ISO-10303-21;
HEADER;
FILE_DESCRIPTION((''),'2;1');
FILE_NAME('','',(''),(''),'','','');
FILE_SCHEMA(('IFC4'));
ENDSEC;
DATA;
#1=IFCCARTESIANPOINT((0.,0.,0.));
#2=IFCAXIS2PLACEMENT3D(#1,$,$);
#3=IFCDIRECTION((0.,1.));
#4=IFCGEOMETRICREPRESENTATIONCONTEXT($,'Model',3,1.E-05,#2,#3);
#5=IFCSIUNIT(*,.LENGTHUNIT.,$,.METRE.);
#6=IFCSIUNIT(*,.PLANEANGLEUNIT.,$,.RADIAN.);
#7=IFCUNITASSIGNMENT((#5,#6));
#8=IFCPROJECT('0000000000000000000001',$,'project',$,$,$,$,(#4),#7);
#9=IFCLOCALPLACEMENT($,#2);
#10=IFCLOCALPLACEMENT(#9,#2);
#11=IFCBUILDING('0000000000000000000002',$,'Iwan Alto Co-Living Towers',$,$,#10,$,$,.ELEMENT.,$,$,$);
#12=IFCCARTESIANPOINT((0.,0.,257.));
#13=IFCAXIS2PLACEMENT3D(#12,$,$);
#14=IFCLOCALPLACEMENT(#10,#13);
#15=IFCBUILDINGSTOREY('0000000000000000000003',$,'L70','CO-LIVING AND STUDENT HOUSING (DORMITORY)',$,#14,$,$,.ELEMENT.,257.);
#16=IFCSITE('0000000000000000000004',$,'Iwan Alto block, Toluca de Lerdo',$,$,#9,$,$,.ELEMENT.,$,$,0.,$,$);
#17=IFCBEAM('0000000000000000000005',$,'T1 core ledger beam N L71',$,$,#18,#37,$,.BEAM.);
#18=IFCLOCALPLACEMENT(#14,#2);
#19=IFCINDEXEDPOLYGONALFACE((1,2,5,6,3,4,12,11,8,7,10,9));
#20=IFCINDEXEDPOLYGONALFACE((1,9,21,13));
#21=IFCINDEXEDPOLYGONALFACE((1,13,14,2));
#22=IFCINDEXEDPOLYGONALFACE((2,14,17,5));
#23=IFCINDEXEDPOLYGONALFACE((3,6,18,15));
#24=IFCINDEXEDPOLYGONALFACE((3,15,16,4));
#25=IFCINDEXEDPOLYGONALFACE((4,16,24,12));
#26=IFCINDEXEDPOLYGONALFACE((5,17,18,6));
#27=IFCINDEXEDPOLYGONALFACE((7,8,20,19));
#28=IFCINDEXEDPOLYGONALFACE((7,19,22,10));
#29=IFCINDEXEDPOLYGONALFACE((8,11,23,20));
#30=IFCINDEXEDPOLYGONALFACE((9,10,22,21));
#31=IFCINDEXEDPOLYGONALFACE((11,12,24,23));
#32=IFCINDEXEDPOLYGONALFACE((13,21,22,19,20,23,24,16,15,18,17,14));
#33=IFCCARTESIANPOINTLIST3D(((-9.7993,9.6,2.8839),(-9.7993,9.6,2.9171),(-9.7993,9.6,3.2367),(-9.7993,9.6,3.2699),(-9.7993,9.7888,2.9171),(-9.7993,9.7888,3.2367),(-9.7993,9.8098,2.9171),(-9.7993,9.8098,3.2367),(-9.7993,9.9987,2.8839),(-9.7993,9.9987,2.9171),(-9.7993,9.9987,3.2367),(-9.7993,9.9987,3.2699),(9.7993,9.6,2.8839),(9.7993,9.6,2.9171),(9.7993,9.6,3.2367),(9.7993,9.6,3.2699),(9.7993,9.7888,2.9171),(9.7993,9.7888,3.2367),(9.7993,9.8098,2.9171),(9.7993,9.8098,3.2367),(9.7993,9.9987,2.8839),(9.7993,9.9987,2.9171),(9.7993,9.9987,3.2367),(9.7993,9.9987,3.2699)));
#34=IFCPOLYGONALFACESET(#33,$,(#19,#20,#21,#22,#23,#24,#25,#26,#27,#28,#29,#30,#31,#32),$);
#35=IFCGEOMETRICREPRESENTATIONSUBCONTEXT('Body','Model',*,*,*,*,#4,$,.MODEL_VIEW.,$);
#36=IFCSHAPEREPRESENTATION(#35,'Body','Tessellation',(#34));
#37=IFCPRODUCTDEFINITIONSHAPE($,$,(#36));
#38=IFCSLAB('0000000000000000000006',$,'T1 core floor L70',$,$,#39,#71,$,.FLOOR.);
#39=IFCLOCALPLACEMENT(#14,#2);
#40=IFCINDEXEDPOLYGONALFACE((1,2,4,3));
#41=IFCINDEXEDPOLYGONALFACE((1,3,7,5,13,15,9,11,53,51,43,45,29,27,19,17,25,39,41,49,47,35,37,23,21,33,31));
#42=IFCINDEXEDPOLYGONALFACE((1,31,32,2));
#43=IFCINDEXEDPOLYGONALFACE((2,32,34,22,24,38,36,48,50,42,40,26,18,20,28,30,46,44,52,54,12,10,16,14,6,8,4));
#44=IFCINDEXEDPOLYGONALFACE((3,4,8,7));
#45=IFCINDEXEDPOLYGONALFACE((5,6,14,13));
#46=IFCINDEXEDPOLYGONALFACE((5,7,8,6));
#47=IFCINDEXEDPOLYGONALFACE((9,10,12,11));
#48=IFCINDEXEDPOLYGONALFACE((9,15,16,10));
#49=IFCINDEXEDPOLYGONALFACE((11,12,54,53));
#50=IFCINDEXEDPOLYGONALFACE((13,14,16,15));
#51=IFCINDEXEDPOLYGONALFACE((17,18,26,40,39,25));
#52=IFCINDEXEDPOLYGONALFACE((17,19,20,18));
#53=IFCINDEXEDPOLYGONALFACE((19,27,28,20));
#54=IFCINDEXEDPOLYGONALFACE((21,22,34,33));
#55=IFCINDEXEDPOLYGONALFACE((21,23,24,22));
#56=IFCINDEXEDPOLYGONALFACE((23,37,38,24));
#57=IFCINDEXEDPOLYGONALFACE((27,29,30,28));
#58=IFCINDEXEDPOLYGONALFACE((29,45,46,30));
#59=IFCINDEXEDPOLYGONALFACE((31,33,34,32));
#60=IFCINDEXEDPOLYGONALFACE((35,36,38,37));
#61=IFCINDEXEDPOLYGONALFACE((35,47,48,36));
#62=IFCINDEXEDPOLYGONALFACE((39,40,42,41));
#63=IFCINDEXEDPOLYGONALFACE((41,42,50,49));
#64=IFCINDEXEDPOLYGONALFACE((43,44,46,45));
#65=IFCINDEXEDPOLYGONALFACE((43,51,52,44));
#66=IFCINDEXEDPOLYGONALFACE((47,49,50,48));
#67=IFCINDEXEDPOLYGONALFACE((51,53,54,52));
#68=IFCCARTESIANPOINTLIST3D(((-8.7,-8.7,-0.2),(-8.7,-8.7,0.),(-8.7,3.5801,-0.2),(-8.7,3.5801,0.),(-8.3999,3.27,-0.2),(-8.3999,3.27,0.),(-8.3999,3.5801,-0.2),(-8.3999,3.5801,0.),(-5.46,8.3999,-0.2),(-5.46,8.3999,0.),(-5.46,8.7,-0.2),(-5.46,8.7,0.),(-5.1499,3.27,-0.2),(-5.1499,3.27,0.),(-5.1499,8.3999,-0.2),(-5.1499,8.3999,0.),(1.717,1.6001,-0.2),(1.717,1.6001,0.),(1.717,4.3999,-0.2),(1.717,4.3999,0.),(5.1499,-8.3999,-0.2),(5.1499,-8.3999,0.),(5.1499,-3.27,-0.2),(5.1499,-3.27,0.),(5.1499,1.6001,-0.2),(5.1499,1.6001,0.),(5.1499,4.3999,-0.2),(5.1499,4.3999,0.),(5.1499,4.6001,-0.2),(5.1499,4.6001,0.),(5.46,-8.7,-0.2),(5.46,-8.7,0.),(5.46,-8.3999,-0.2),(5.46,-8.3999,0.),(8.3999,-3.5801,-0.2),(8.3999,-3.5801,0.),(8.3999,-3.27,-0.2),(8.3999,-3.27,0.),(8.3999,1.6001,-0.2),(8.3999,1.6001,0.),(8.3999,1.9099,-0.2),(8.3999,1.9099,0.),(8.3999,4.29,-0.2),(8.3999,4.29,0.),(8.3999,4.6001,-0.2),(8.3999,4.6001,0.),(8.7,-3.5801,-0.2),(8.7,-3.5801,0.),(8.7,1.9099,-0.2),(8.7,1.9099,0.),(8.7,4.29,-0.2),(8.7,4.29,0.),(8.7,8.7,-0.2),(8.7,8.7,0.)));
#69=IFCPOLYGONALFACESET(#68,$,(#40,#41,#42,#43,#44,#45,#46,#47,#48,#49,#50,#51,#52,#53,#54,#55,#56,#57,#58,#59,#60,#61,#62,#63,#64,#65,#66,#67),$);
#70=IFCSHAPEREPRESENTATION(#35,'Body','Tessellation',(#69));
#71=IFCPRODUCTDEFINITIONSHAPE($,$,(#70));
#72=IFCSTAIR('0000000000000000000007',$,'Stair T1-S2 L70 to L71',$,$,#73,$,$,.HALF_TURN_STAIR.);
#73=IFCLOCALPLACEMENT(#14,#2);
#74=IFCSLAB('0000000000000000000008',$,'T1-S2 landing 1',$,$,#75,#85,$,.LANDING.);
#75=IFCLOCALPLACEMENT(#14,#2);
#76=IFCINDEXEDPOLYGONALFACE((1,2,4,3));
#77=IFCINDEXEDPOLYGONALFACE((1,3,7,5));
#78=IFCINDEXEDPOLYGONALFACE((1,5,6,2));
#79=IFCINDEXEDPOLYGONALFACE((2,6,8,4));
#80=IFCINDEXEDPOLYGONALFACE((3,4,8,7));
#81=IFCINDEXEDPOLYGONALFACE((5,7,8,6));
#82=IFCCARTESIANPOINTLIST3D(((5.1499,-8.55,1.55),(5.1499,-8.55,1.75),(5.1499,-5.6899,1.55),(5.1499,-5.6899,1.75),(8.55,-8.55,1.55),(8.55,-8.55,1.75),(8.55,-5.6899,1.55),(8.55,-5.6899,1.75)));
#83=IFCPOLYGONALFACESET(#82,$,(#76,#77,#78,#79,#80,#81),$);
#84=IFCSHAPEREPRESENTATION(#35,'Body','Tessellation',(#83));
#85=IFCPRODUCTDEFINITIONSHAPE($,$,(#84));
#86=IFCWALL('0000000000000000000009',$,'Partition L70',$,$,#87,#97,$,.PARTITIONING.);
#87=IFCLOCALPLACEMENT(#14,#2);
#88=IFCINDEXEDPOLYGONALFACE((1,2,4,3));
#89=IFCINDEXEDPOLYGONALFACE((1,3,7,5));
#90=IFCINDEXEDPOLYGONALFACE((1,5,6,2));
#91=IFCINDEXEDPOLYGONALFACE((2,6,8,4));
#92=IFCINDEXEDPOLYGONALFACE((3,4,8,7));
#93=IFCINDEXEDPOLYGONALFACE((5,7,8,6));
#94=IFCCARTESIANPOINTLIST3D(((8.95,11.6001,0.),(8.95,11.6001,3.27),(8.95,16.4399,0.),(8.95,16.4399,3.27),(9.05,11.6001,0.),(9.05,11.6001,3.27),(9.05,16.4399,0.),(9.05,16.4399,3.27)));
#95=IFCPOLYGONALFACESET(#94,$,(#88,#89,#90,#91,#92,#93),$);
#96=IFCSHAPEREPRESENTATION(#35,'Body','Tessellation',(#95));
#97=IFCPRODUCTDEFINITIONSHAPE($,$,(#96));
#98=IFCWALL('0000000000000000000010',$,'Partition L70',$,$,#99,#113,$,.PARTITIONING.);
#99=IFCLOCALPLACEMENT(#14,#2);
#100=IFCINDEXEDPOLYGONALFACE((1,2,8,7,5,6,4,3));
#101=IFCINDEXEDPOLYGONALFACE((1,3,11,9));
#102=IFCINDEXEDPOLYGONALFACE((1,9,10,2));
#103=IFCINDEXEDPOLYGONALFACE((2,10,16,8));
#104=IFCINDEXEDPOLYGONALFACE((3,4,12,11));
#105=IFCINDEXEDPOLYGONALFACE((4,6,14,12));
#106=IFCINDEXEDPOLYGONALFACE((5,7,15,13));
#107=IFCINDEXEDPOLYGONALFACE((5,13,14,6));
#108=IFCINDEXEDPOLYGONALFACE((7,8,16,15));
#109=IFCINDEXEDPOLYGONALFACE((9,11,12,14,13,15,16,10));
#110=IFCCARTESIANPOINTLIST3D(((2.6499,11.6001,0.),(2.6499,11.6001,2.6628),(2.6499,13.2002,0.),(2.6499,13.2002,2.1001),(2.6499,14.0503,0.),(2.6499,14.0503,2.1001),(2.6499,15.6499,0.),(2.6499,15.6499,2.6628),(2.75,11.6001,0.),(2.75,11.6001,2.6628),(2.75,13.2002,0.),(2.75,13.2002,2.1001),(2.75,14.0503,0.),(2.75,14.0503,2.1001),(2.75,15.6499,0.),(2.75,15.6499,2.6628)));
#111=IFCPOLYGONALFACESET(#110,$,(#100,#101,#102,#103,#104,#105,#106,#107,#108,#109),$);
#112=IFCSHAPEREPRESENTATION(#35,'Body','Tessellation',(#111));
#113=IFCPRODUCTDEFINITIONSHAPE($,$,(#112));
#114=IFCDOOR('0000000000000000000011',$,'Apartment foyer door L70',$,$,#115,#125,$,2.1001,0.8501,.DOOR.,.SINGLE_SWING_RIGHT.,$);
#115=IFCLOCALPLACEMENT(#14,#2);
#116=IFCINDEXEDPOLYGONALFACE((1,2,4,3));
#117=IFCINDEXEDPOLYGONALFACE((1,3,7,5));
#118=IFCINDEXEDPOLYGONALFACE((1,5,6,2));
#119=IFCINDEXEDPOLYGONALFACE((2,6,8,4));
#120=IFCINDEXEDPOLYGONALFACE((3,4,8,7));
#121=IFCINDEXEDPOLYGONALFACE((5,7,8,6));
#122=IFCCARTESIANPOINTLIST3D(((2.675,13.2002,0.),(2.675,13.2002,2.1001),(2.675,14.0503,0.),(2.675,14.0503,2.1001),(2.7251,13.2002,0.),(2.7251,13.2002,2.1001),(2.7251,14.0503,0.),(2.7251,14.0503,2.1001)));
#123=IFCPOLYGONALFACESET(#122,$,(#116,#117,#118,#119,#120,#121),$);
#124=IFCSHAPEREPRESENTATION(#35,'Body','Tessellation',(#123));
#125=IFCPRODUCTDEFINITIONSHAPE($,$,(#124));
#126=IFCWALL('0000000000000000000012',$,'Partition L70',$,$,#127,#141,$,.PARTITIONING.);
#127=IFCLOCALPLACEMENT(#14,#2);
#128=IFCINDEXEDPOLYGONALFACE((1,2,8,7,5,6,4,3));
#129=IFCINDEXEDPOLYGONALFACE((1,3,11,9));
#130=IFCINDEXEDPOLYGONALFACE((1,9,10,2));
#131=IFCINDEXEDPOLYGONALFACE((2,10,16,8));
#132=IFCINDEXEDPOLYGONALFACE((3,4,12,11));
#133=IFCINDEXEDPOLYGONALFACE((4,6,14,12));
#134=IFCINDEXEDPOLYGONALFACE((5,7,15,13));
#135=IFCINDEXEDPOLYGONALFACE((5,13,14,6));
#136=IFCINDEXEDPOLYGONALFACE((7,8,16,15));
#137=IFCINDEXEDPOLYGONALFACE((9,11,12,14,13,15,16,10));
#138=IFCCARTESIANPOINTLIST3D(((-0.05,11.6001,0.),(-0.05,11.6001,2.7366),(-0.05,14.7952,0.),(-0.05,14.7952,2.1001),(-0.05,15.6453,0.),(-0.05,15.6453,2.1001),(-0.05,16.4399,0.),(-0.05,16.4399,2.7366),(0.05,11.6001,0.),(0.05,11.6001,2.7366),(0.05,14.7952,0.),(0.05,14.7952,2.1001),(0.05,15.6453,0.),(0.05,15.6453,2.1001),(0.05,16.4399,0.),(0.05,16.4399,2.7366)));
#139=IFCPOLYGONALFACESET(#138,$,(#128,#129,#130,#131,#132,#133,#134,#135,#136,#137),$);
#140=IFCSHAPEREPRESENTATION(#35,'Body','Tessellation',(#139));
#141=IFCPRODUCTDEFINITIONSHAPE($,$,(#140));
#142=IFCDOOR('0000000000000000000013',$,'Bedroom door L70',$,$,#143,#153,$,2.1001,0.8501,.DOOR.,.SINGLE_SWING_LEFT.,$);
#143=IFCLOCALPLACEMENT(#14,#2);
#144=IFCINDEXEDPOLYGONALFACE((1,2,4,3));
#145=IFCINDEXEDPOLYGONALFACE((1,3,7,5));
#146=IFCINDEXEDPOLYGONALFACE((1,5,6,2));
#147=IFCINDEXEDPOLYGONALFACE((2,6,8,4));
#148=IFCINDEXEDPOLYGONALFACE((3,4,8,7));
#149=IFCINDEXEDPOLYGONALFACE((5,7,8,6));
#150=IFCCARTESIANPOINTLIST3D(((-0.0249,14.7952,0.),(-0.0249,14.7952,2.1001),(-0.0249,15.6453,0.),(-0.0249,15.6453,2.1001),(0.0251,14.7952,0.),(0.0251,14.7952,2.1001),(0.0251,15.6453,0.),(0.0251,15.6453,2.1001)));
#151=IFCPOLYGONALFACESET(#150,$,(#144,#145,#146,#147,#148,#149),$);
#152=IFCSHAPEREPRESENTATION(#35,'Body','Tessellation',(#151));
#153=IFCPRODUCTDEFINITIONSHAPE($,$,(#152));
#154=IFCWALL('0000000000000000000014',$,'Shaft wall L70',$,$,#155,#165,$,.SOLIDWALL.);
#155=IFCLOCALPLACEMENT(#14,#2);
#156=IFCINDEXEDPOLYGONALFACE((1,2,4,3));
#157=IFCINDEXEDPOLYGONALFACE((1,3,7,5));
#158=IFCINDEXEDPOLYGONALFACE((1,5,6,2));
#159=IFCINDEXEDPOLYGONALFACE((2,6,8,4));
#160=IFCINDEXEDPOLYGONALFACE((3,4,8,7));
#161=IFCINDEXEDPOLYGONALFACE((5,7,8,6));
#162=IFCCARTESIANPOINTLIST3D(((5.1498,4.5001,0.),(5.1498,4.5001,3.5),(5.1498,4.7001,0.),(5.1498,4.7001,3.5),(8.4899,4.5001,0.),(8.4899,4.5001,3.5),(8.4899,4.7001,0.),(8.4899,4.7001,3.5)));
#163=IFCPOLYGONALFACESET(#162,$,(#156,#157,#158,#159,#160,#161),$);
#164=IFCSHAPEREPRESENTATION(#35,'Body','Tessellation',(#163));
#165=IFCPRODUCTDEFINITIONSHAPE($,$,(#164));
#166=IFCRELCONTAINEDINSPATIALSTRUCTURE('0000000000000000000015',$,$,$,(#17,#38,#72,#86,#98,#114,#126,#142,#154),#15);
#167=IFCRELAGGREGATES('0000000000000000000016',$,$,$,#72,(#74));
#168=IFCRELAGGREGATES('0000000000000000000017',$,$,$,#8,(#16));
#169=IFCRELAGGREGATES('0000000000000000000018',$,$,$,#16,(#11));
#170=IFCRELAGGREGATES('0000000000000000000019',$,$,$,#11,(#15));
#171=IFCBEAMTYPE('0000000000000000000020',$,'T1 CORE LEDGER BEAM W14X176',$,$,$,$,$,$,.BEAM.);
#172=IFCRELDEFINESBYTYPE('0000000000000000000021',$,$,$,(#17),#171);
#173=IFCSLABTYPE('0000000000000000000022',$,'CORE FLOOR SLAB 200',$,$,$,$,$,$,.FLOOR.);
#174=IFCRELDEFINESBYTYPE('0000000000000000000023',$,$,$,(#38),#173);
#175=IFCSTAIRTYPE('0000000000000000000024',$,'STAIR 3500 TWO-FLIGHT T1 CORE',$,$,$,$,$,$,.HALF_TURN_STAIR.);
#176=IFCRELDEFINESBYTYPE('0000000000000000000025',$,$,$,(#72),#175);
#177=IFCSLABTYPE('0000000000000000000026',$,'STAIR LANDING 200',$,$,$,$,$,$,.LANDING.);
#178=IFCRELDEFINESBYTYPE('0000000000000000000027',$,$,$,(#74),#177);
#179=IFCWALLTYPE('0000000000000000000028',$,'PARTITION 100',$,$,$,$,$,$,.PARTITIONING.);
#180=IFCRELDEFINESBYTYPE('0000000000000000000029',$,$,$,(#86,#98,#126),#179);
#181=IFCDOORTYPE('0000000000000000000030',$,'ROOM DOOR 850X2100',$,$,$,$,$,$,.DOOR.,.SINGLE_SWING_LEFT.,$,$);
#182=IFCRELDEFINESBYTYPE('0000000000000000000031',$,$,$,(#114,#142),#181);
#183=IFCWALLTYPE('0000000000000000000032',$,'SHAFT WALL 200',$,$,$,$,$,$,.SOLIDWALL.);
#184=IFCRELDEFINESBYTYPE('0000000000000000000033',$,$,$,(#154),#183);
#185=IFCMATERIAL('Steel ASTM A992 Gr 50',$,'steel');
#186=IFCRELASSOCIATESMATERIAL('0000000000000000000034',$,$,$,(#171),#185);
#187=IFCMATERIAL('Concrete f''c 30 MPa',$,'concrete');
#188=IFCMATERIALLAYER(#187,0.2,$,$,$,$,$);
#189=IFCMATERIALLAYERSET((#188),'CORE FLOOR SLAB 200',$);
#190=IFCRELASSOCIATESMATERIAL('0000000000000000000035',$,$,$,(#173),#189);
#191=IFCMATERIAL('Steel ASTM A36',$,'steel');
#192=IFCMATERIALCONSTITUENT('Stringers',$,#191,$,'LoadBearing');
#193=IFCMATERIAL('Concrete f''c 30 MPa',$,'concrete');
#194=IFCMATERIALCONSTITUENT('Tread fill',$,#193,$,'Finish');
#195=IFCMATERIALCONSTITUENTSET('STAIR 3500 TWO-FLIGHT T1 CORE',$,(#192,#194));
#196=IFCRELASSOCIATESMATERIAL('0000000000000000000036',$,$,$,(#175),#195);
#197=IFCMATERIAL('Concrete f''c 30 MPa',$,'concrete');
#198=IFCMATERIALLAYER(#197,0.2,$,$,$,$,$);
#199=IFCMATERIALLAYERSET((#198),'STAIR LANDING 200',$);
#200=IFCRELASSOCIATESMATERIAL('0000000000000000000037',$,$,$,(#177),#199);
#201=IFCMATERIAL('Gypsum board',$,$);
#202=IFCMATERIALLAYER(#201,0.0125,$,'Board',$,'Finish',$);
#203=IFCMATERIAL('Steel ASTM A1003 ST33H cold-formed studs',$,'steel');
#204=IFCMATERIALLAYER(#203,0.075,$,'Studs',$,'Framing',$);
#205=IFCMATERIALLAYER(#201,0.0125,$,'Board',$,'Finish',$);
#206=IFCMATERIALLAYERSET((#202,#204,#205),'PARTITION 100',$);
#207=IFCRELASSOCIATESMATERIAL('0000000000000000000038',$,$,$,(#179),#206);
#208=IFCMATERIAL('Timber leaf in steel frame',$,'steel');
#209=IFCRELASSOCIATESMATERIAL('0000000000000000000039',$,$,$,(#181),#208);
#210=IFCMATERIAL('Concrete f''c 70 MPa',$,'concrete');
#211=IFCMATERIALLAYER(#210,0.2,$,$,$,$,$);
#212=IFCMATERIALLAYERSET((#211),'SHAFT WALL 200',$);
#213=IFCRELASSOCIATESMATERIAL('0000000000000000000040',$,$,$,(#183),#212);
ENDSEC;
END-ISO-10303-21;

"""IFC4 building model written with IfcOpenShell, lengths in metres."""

from ifc_helpers import new_model, si_unit, direction, frame, frame_2d, origin, origin_2d, place, context, subcontext, project, spatial, polyline, rectangle, i_section, outline, extrude, material, layer, layer_set, constituent, constituent_set, material_profile, profile_set, type_object, element, fill, aggregate, save


model = new_model("IFC4")

# Units and contexts
model_context = context("Model", 3, precision=1e-05, world=origin(), true_north=direction((0.0, 1.0)))
body_context = subcontext(model_context, "Body", "Model", "MODEL_VIEW")
ifc_project = project(units=[si_unit("LENGTHUNIT", "METRE"), si_unit("PLANEANGLEUNIT", "RADIAN")], contexts=[model_context])

# Site, building, storey
site_placement = place(None, origin())
site = spatial("IfcSite", under=ifc_project, at=site_placement, Name="Iwan Alto block, Toluca de Lerdo", CompositionType="ELEMENT", RefElevation=0.0)
building_placement = place(site_placement, origin())
building = spatial("IfcBuilding", under=site, at=building_placement, Name="Iwan Alto Co-Living Towers", CompositionType="ELEMENT")
storey_placement = place(building_placement, frame((0.0, 0.0, 257.0)))
storey = spatial("IfcBuildingStorey", under=building, at=storey_placement, Name="L70", Description="CO-LIVING AND STUDENT HOUSING (DORMITORY)", CompositionType="ELEMENT", Elevation=257.0)

# Beam
ifc_material_1 = material(Name="Steel ASTM A992 Gr 50", Category="steel")
ifc_material_profile = material_profile(ifc_material_1, i_section(OverallWidth=0.3987, OverallDepth=0.386, WebThickness=0.021, FlangeThickness=0.0332, at=origin_2d()), Name="W14X176")
ifc_profile_set = profile_set([ifc_material_profile], Name="Steel ASTM A992 Gr 50")
beam_type = type_object("IfcBeamType", Name="T1 CORE LEDGER BEAM W14X176", PredefinedType="BEAM", material=ifc_profile_set)
beam_placement = place(storey_placement, frame((9.7993, 9.7993, 3.0769), z_axis=(-1.0, 0.0, 0.0), x_axis=(0.0, -1.0, 0.0)))
element("IfcBeam", 1, at=beam_placement, inside=storey, type_object=beam_type, Name="T1 core ledger beam N L71", PredefinedType="BEAM", context=body_context, shape_type="SweptSolid", body=[
    extrude(i_section(OverallWidth=0.3987, OverallDepth=0.386, WebThickness=0.021, FlangeThickness=0.0332, at=origin_2d()), origin(), (0.0, 0.0, 1.0), 19.5986),
])

# Slab
ifc_material_2 = material(Name="Concrete f'c 30 MPa", Category="concrete")
ifc_layer_1 = layer(ifc_material_2, 0.2)
ifc_layer_set_1 = layer_set([ifc_layer_1], Name="CORE FLOOR SLAB 200")
slab_type_1 = type_object("IfcSlabType", Name="CORE FLOOR SLAB 200", PredefinedType="FLOOR", material=ifc_layer_set_1)
slab_1_placement = place(storey_placement, frame((0.0, 0.0, -0.2)))
element("IfcSlab", 2, at=slab_1_placement, inside=storey, type_object=slab_type_1, Name="T1 core floor L70", PredefinedType="FLOOR", context=body_context, shape_type="SweptSolid", body=[
    extrude(outline(polyline([(-8.7, 3.5801), (-8.3999, 3.5801), (-8.3999, 3.27), (-5.1499, 3.27), (-5.1499, 8.3999), (-5.46, 8.3999), (-5.46, 8.7), (8.7, 8.7), (8.7, 4.29), (8.3999, 4.29), (8.3999, 4.6001), (5.1499, 4.6001), (5.1499, 4.3999), (1.717, 4.3999), (1.717, 1.6001), (5.1499, 1.6001), (8.3999, 1.6001), (8.3999, 1.9099), (8.7, 1.9099), (8.7, -3.5801), (8.3999, -3.5801), (8.3999, -3.27), (5.1499, -3.27), (5.1499, -8.3999), (5.46, -8.3999), (5.46, -8.7), (-8.7, -8.7), (-8.7, 3.5801)])), origin(), (0.0, 0.0, 1.0), 0.2),
])

# Stair, slab
ifc_material_3 = material(Name="Steel ASTM A36", Category="steel")
ifc_constituent_1 = constituent(ifc_material_3, Name="Stringers", Category="LoadBearing")
ifc_material_4 = material(Name="Concrete f'c 30 MPa", Category="concrete")
ifc_constituent_2 = constituent(ifc_material_4, Name="Tread fill", Category="Finish")
ifc_constituent_set = constituent_set(constituents=[ifc_constituent_1, ifc_constituent_2], Name="STAIR 3500 TWO-FLIGHT T1 CORE")
stair_type = type_object("IfcStairType", Name="STAIR 3500 TWO-FLIGHT T1 CORE", PredefinedType="HALF_TURN_STAIR", material=ifc_constituent_set)
stair_placement = place(storey_placement, origin())
stair = element("IfcStair", 3, at=stair_placement, inside=storey, type_object=stair_type, Name="Stair T1-S2 L70 to L71", PredefinedType="HALF_TURN_STAIR")
ifc_material_5 = material(Name="Concrete f'c 30 MPa", Category="concrete")
ifc_layer_2 = layer(ifc_material_5, 0.2)
ifc_layer_set_2 = layer_set([ifc_layer_2], Name="STAIR LANDING 200")
slab_type_2 = type_object("IfcSlabType", Name="STAIR LANDING 200", PredefinedType="LANDING", material=ifc_layer_set_2)
slab_2_placement = place(storey_placement, frame((0.0, 0.0, 1.55)))
slab_2 = element("IfcSlab", 4, at=slab_2_placement, type_object=slab_type_2, Name="T1-S2 landing 1", PredefinedType="LANDING", context=body_context, shape_type="SweptSolid", body=[
    extrude(outline(polyline([(5.1499, -5.6899), (5.1499, -8.55), (8.55, -8.55), (8.55, -5.6899), (5.1499, -5.6899)])), origin(), (0.0, 0.0, 1.0), 0.2),
])
aggregate(stair, [slab_2])

# Wall
ifc_material_6 = material(Name="Gypsum board")
ifc_layer_3 = layer(ifc_material_6, 0.0125, Name="Board", Category="Finish")
ifc_material_7 = material(Name="Steel ASTM A1003 ST33H cold-formed studs", Category="steel")
ifc_layer_4 = layer(ifc_material_7, 0.075, Name="Studs", Category="Framing")
ifc_layer_5 = layer(ifc_material_6, 0.0125, Name="Board", Category="Finish")
ifc_layer_set_3 = layer_set([ifc_layer_3, ifc_layer_4, ifc_layer_5], Name="PARTITION 100")
wall_type_1 = type_object("IfcWallType", Name="PARTITION 100", PredefinedType="PARTITIONING", material=ifc_layer_set_3)
wall_1_placement = place(storey_placement, frame((9.0, 11.6001, 0.0), z_axis=(0.0, 0.0, 1.0), x_axis=(0.0, 1.0, 0.0)))
element("IfcWall", 5, at=wall_1_placement, inside=storey, type_object=wall_type_1, Name="Partition L70", PredefinedType="PARTITIONING", context=body_context, shape_type="SweptSolid", body=[
    extrude(rectangle(XDim=4.8398, YDim=0.1001, at=frame_2d((2.4199, 0.0))), origin(), (0.0, 0.0, 1.0), 3.27),
])

# Walls, openings, doors
wall_2_placement = place(storey_placement, frame((2.7, 11.6001, 0.0), z_axis=(0.0, 0.0, 1.0), x_axis=(0.0, 1.0, 0.0)))
wall_2 = element("IfcWall", 6, at=wall_2_placement, inside=storey, type_object=wall_type_1, Name="Partition L70", PredefinedType="PARTITIONING", context=body_context, shape_type="SweptSolid", body=[
    extrude(rectangle(XDim=4.0498, YDim=0.1001, at=frame_2d((2.0249, 0.0))), origin(), (0.0, 0.0, 1.0), 2.6628),
])
opening_1_placement = place(wall_2_placement, frame((1.6001, 0.0, 0.0)))
opening_1 = element("IfcOpeningElement", 7, at=opening_1_placement, cuts=wall_2, PredefinedType="OPENING", context=body_context, shape_type="SweptSolid", body=[
    extrude(rectangle(XDim=0.8501, YDim=2.1001, at=frame_2d((0.425, 1.05))), frame((0.0, 0.0601, 0.0), z_axis=(0.0, -1.0, 0.0), x_axis=(1.0, 0.0, 0.0)), (0.0, 0.0, 1.0), 0.1201),
])
ifc_material_8 = material(Name="Timber leaf in steel frame", Category="steel")
door_type_1 = type_object("IfcDoorType", Name="ROOM DOOR 850X2100", OperationType="SINGLE_SWING_LEFT", PredefinedType="DOOR", material=ifc_material_8)
door_1_placement = place(opening_1_placement, origin())
door_1 = element("IfcDoor", 8, at=door_1_placement, inside=storey, type_object=door_type_1, Name="Apartment foyer door L70", OperationType="SINGLE_SWING_RIGHT", OverallHeight=2.1001, OverallWidth=0.8501, PredefinedType="DOOR", context=body_context, shape_type="SweptSolid", body=[
    extrude(rectangle(XDim=0.8501, YDim=2.1001, at=frame_2d((0.425, 1.05))), frame((0.0, 0.0249, 0.0), z_axis=(0.0, -1.0, 0.0), x_axis=(1.0, 0.0, 0.0)), (0.0, 0.0, 1.0), 0.05),
])
fill(opening_1, door_1)
wall_3_placement = place(storey_placement, frame((0.0, 11.6001, 0.0), z_axis=(0.0, 0.0, 1.0), x_axis=(0.0, 1.0, 0.0)))
wall_3 = element("IfcWall", 9, at=wall_3_placement, inside=storey, type_object=wall_type_1, Name="Partition L70", PredefinedType="PARTITIONING", context=body_context, shape_type="SweptSolid", body=[
    extrude(rectangle(XDim=4.8398, YDim=0.1001, at=frame_2d((2.4199, 0.0))), origin(), (0.0, 0.0, 1.0), 2.7366),
])
opening_2_placement = place(wall_3_placement, frame((3.1951, 0.0, 0.0)))
opening_2 = element("IfcOpeningElement", 10, at=opening_2_placement, cuts=wall_3, PredefinedType="OPENING", context=body_context, shape_type="SweptSolid", body=[
    extrude(rectangle(XDim=0.8501, YDim=2.1001, at=frame_2d((0.425, 1.05))), frame((0.0, 0.0601, 0.0), z_axis=(0.0, -1.0, 0.0), x_axis=(1.0, 0.0, 0.0)), (0.0, 0.0, 1.0), 0.1201),
])
door_2_placement = place(opening_2_placement, origin())
door_2 = element("IfcDoor", 11, at=door_2_placement, inside=storey, type_object=door_type_1, Name="Bedroom door L70", OperationType="SINGLE_SWING_LEFT", OverallHeight=2.1001, OverallWidth=0.8501, PredefinedType="DOOR", context=body_context, shape_type="SweptSolid", body=[
    extrude(rectangle(XDim=0.8501, YDim=2.1001, at=frame_2d((0.425, 1.05))), frame((0.0, 0.0249, 0.0), z_axis=(0.0, -1.0, 0.0), x_axis=(1.0, 0.0, 0.0)), (0.0, 0.0, 1.0), 0.05),
])
fill(opening_2, door_2)

# Wall
ifc_material_9 = material(Name="Concrete f'c 70 MPa", Category="concrete")
ifc_layer_6 = layer(ifc_material_9, 0.2)
ifc_layer_set_4 = layer_set([ifc_layer_6], Name="SHAFT WALL 200")
wall_type_2 = type_object("IfcWallType", Name="SHAFT WALL 200", PredefinedType="SOLIDWALL", material=ifc_layer_set_4)
wall_4_placement = place(storey_placement, frame((5.1499, 4.6001, 0.0), z_axis=(0.0, 0.0, 1.0), x_axis=(1.0, 0.0, 0.0)))
element("IfcWall", 12, at=wall_4_placement, inside=storey, type_object=wall_type_2, Name="Shaft wall L70", PredefinedType="SOLIDWALL", context=body_context, shape_type="SweptSolid", body=[
    extrude(rectangle(XDim=3.3401, YDim=0.2, at=frame_2d((1.6699, 0.0))), origin(), (0.0, 0.0, 1.0), 3.5),
])

save(model, "model.ifc")
